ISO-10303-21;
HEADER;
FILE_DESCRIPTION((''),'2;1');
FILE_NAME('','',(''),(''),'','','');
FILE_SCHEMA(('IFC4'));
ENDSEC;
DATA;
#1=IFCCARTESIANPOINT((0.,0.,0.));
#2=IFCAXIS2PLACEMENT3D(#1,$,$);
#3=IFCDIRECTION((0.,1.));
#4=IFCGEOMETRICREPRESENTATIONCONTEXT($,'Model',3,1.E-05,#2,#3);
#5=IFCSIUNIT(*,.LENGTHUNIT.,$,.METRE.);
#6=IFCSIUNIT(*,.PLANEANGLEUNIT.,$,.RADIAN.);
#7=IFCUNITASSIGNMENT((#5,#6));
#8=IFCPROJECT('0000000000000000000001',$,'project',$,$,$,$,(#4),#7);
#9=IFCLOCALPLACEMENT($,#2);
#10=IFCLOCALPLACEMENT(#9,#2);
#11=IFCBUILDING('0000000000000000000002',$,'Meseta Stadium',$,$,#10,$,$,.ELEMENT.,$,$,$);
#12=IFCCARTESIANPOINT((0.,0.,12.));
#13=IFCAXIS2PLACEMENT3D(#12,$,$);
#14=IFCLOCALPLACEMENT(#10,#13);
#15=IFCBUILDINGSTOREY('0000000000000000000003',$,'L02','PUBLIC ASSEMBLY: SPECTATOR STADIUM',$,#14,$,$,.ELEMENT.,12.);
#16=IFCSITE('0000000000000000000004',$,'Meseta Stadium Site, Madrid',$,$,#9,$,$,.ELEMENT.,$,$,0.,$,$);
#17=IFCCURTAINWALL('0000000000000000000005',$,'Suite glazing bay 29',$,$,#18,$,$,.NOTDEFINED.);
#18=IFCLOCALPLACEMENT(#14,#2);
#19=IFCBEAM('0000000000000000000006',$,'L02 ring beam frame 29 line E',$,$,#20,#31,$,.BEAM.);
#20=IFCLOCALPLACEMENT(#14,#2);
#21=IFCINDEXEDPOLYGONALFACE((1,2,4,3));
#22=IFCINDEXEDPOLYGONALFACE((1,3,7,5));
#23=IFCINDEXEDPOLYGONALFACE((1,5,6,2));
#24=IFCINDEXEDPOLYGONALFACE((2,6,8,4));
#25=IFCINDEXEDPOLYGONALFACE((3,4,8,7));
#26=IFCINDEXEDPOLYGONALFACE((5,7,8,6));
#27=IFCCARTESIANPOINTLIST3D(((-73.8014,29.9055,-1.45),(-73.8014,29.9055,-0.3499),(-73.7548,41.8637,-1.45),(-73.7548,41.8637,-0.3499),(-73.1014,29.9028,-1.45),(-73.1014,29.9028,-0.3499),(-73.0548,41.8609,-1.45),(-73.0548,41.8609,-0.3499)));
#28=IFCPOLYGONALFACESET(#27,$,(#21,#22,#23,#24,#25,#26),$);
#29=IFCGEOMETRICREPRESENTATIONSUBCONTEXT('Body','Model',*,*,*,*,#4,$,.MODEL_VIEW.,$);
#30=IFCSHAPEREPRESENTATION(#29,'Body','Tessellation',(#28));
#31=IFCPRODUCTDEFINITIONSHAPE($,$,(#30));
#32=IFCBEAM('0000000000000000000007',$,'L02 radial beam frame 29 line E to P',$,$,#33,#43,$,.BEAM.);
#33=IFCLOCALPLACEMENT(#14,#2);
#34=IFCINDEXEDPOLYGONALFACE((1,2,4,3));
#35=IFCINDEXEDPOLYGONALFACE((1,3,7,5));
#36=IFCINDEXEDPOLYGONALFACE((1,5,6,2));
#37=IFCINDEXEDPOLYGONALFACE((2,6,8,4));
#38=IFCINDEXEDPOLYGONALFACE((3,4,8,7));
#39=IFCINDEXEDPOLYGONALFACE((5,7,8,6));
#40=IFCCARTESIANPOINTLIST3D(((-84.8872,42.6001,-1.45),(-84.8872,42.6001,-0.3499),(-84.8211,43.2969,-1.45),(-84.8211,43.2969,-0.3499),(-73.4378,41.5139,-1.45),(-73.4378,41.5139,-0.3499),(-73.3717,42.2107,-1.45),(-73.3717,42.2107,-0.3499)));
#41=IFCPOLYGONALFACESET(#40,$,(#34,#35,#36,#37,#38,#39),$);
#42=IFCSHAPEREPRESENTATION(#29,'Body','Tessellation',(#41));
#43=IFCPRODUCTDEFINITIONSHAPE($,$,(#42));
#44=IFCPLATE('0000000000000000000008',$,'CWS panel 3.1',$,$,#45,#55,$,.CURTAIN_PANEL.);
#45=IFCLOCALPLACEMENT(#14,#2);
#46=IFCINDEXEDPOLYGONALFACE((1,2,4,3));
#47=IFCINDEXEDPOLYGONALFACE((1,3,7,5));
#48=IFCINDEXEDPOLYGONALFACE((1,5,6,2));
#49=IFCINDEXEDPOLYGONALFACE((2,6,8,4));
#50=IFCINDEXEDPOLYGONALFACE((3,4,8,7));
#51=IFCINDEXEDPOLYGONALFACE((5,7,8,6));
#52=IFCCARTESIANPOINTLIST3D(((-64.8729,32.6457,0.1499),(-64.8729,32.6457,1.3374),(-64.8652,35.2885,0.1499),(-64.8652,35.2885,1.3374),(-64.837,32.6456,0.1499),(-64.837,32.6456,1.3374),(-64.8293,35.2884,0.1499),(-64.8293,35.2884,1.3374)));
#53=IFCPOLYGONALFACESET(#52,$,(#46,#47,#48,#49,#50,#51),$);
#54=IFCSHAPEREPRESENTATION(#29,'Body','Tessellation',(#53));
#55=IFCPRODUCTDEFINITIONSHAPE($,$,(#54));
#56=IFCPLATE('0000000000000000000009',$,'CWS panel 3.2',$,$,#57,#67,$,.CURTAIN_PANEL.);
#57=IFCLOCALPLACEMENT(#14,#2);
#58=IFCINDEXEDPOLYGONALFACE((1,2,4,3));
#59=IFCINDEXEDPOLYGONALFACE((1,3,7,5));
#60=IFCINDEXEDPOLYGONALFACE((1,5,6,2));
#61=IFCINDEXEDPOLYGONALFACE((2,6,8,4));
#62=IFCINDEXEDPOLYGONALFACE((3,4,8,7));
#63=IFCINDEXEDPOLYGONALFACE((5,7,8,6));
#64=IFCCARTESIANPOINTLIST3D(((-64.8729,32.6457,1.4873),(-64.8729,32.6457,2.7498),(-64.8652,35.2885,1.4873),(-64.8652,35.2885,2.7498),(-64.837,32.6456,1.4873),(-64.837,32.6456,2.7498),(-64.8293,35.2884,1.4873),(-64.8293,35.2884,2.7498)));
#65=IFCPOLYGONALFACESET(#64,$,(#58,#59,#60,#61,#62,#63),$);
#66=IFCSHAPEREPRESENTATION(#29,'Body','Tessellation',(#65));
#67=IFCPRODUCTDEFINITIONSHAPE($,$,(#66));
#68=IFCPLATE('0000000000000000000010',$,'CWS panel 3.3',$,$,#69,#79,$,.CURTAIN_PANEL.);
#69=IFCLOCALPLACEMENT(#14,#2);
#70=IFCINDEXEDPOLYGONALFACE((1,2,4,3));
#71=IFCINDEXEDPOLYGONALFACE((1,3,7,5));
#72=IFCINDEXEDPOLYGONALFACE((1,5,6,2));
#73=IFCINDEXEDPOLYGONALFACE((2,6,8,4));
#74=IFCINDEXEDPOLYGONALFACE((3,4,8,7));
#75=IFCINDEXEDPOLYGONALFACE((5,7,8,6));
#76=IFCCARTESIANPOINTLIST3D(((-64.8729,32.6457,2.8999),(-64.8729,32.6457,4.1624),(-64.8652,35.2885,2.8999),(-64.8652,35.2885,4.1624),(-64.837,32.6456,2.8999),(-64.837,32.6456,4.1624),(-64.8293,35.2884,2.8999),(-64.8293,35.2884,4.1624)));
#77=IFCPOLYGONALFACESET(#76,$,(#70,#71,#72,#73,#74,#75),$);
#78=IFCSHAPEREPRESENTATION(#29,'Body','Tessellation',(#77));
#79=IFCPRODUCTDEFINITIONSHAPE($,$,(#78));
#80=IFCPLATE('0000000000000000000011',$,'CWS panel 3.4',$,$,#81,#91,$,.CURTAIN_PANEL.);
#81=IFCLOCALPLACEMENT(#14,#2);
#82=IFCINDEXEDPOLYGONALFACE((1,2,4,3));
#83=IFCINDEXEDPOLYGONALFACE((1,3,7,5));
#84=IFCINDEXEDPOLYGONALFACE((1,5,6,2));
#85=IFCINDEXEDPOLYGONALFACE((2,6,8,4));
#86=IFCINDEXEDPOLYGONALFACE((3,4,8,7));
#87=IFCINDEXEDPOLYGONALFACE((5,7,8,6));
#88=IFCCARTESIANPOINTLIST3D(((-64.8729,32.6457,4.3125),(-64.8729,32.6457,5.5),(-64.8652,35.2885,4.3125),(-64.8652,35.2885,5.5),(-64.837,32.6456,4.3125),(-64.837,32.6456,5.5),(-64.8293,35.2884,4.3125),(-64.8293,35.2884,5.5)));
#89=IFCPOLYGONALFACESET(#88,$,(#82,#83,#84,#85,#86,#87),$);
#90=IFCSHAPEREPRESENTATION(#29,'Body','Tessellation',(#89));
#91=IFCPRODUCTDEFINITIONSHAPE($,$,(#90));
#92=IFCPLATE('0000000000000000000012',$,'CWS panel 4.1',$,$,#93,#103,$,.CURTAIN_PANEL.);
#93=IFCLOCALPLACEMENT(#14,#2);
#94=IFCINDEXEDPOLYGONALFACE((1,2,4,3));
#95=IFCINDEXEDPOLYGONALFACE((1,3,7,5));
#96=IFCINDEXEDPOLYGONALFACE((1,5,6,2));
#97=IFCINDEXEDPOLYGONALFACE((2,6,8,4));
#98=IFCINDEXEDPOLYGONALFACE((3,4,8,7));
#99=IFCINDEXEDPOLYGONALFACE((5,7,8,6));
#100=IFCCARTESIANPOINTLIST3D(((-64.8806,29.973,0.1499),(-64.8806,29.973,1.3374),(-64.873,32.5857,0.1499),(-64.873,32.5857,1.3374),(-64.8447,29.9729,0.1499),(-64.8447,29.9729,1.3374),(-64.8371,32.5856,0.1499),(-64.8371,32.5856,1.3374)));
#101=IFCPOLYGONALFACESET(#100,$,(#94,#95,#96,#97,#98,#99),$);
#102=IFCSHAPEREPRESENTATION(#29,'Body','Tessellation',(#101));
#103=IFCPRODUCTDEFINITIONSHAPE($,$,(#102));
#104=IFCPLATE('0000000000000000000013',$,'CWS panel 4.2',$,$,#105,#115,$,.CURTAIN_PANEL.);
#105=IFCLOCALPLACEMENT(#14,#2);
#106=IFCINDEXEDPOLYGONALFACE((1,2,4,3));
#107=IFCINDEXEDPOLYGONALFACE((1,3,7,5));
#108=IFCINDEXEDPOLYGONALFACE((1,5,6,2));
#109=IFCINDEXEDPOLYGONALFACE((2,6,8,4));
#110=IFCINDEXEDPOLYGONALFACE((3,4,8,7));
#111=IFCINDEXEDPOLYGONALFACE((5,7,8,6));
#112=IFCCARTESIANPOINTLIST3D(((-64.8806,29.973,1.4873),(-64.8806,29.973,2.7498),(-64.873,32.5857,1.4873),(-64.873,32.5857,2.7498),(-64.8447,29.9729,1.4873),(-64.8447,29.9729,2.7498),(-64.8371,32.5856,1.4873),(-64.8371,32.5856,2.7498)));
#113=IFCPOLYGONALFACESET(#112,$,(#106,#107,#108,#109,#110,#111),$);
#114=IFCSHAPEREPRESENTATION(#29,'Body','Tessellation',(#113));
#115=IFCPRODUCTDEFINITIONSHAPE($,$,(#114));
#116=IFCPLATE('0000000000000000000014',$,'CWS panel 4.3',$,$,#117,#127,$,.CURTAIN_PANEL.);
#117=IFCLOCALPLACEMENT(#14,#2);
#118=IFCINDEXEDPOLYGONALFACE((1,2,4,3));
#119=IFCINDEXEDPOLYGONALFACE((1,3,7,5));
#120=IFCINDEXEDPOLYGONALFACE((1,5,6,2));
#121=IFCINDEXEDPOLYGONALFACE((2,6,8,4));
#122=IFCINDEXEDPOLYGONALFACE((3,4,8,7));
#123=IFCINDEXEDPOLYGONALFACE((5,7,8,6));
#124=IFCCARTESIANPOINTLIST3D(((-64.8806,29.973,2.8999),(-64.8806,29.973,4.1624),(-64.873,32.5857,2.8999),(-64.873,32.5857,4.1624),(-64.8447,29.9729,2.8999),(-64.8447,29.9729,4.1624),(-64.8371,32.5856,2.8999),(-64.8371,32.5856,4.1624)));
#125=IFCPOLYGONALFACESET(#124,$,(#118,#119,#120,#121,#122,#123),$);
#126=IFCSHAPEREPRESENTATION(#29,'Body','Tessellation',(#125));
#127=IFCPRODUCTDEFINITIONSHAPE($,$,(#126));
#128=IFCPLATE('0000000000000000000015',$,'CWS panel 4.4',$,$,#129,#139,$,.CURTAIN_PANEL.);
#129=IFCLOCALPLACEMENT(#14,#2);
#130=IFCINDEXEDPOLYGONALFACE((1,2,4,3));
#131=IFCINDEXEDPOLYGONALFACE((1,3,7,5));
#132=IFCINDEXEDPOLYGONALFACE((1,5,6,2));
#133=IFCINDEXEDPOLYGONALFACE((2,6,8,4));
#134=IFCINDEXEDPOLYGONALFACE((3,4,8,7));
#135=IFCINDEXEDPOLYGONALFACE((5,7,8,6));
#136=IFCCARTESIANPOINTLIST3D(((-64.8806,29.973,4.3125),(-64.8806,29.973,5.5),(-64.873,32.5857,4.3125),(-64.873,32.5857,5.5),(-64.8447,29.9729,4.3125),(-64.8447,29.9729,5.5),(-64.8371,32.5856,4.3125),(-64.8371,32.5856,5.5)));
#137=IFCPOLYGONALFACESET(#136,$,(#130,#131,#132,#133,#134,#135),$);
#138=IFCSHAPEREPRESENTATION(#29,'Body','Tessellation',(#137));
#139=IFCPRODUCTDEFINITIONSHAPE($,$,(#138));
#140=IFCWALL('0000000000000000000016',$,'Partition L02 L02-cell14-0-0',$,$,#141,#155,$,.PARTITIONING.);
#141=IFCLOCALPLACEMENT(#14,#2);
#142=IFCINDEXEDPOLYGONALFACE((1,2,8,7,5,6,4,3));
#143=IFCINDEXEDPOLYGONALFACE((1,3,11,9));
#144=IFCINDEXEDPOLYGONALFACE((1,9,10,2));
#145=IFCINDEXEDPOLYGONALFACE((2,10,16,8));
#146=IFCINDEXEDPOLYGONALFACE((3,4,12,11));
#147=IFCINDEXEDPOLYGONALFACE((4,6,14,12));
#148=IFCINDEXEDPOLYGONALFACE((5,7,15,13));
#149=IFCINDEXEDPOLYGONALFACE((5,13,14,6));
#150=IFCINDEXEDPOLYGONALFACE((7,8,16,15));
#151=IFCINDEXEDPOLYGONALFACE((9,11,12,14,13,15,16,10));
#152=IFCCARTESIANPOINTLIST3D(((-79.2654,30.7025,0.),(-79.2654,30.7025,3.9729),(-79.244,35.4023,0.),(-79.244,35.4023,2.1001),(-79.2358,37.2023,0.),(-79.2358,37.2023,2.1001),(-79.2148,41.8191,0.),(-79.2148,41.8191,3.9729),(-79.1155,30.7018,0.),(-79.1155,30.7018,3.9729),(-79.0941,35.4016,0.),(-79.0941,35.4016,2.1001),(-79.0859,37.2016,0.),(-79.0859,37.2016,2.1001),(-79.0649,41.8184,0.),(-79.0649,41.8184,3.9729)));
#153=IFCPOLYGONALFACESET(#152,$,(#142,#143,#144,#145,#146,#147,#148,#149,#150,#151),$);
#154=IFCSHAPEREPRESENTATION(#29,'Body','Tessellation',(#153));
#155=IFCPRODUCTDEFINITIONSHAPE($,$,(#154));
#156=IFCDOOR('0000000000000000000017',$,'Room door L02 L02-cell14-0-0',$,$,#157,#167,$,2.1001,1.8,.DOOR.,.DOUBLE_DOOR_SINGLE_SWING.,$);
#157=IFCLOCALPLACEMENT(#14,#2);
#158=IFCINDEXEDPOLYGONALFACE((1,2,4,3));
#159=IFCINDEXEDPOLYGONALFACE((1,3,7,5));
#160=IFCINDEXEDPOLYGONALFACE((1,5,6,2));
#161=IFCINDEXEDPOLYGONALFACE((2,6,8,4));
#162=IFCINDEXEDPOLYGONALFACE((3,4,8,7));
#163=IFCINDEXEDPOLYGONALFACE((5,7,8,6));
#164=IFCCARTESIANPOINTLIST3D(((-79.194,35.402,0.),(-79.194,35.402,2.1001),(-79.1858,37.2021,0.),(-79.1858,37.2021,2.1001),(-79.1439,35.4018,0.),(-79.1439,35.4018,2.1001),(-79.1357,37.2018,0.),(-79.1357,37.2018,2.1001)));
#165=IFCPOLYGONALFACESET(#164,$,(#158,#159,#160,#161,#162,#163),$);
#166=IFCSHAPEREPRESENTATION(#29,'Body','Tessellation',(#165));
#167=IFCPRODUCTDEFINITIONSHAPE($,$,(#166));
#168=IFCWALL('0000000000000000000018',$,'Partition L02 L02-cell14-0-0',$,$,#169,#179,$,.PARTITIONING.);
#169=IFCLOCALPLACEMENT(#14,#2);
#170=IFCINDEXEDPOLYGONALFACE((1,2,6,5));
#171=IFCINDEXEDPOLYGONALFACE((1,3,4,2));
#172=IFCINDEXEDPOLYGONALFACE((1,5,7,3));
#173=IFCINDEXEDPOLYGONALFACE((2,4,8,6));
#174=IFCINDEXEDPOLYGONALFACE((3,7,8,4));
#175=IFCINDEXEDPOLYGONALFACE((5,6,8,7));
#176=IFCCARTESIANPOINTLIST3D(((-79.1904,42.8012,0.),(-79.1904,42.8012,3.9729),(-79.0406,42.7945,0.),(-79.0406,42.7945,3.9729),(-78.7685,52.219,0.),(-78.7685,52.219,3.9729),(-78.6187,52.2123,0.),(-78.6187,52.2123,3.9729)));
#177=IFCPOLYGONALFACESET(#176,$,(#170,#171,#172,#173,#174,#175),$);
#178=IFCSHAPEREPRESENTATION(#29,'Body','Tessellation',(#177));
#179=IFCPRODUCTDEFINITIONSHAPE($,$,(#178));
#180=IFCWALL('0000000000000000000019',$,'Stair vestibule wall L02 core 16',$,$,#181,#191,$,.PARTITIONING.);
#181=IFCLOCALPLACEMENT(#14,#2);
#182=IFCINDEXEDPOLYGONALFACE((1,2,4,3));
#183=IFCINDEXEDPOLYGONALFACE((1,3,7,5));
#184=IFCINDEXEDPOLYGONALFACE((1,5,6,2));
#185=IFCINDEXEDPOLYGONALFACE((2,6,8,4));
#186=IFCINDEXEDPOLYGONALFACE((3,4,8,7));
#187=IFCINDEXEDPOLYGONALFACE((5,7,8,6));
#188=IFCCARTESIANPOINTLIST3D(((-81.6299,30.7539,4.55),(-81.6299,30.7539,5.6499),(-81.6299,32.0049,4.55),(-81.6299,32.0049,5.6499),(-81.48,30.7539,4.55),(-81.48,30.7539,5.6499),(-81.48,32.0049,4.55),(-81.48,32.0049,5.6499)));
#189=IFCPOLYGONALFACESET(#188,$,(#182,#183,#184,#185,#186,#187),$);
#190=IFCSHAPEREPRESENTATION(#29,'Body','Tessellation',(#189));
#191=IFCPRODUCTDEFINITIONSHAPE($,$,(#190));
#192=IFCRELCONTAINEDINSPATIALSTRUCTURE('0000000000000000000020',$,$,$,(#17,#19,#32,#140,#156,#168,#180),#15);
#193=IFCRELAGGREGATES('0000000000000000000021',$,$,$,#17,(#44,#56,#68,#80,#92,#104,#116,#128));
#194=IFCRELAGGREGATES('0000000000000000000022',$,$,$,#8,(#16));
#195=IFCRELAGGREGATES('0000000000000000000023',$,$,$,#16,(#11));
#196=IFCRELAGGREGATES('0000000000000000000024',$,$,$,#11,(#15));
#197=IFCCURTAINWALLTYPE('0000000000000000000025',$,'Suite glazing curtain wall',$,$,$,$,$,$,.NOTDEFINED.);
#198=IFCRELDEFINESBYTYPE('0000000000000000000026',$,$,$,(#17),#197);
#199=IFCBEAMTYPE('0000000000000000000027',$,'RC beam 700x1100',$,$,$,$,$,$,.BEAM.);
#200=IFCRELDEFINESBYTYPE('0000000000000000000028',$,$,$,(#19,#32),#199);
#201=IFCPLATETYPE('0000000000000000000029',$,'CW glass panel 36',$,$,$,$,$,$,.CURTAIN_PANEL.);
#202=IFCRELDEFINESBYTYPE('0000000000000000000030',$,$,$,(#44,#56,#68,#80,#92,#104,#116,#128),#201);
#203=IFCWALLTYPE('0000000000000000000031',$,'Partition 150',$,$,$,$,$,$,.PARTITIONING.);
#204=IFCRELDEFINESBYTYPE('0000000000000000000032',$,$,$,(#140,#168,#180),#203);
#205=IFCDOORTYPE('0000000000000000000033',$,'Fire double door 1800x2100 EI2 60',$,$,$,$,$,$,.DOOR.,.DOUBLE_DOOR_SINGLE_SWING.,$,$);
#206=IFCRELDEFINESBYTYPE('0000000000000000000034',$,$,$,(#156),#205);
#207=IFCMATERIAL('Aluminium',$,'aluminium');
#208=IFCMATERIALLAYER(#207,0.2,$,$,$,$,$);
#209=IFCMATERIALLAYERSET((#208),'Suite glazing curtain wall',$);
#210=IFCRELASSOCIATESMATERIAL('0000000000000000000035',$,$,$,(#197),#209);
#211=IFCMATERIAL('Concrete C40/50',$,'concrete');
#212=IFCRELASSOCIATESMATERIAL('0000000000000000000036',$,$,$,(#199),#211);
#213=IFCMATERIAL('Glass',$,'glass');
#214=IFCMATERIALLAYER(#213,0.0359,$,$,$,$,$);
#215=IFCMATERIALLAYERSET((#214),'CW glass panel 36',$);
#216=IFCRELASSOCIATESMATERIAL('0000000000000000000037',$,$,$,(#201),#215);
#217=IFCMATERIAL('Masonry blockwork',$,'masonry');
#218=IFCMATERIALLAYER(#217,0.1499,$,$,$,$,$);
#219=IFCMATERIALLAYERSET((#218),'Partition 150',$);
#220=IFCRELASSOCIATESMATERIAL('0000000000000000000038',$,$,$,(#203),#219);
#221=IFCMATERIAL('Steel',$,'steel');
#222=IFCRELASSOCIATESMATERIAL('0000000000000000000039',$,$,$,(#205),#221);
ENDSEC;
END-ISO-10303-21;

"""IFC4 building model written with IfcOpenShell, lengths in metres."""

from ifc_helpers import new_model, si_unit, direction, frame, frame_2d, origin, origin_2d, place, context, subcontext, project, spatial, rectangle, extrude, material, layer, layer_set, material_profile, profile_set, type_object, element, fill, aggregate, save


model = new_model("IFC4")

# Units and contexts
model_context = context("Model", 3, precision=1e-05, world=origin(), true_north=direction((0.0, 1.0)))
body_context = subcontext(model_context, "Body", "Model", "MODEL_VIEW")
ifc_project = project(units=[si_unit("LENGTHUNIT", "METRE"), si_unit("PLANEANGLEUNIT", "RADIAN")], contexts=[model_context])

# Site, building, storey
site_placement = place(None, origin())
site = spatial("IfcSite", under=ifc_project, at=site_placement, Name="Meseta Stadium Site, Madrid", CompositionType="ELEMENT", RefElevation=0.0)
building_placement = place(site_placement, origin())
building = spatial("IfcBuilding", under=site, at=building_placement, Name="Meseta Stadium", CompositionType="ELEMENT")
storey_placement = place(building_placement, frame((0.0, 0.0, 12.0)))
storey = spatial("IfcBuildingStorey", under=building, at=storey_placement, Name="L02", Description="PUBLIC ASSEMBLY: SPECTATOR STADIUM", CompositionType="ELEMENT", Elevation=12.0)

# Curtain wall
ifc_material_1 = material(Name="Aluminium", Category="aluminium")
ifc_layer_1 = layer(ifc_material_1, 0.2)
ifc_layer_set_1 = layer_set([ifc_layer_1], Name="Suite glazing curtain wall")
curtain_wall_type = type_object("IfcCurtainWallType", Name="Suite glazing curtain wall", PredefinedType="NOTDEFINED", material=ifc_layer_set_1)
curtain_wall_placement = place(storey_placement, origin())
curtain_wall = element("IfcCurtainWall", 1, at=curtain_wall_placement, inside=storey, type_object=curtain_wall_type, Name="Suite glazing bay 29", PredefinedType="NOTDEFINED")

# Beams
ifc_material_2 = material(Name="Concrete C40/50", Category="concrete")
ifc_material_profile_1 = material_profile(ifc_material_2, rectangle(XDim=0.7, YDim=1.1001, at=origin_2d()), Name="RC 700x1100")
ifc_profile_set_1 = profile_set([ifc_material_profile_1], Name="Concrete C40/50")
beam_type = type_object("IfcBeamType", Name="RC beam 700x1100", PredefinedType="BEAM", material=ifc_profile_set_1)
beam_1_placement = place(storey_placement, frame((-73.4048, 41.8623, -0.8999), z_axis=(-0.003899, -0.999992, 0.0), x_axis=(0.999992, -0.003899, 0.0)))
element("IfcBeam", 2, at=beam_1_placement, inside=storey, type_object=beam_type, Name="L02 ring beam frame 29 line E", PredefinedType="BEAM", context=body_context, shape_type="SweptSolid", body=[
    extrude(rectangle(XDim=0.7, YDim=1.1001, at=origin_2d()), origin(), (0.0, 0.0, 1.0), 11.9583),
])
beam_2_placement = place(storey_placement, frame((-73.4048, 41.8623, -0.8999), z_axis=(-0.99553, 0.094445, 0.0), x_axis=(-0.094445, -0.99553, 0.0)))
element("IfcBeam", 3, at=beam_2_placement, inside=storey, type_object=beam_type, Name="L02 radial beam frame 29 line E to P", PredefinedType="BEAM", context=body_context, shape_type="SweptSolid", body=[
    extrude(rectangle(XDim=0.7, YDim=1.1001, at=origin_2d()), origin(), (0.0, 0.0, 1.0), 11.5007),
])

# Plates
ifc_material_3 = material(Name="Glass", Category="glass")
ifc_layer_2 = layer(ifc_material_3, 0.0359)
ifc_layer_set_2 = layer_set([ifc_layer_2], Name="CW glass panel 36")
plate_type = type_object("IfcPlateType", Name="CW glass panel 36", PredefinedType="CURTAIN_PANEL", material=ifc_layer_set_2)
plate_1_placement = place(storey_placement, frame((-64.8511, 33.967, 0.1499), z_axis=(0.0, 0.0, 1.0), x_axis=(-0.00291, -0.999996, 0.0)))
plate_1 = element("IfcPlate", 4, at=plate_1_placement, type_object=plate_type, Name="CWS panel 3.1", PredefinedType="CURTAIN_PANEL", context=body_context, shape_type="SweptSolid", body=[
    extrude(rectangle(XDim=2.6428, YDim=0.0359, at=origin_2d()), origin(), (0.0, 0.0, 1.0), 1.1875),
])
plate_2_placement = place(storey_placement, frame((-64.8511, 33.967, 1.4873), z_axis=(0.0, 0.0, 1.0), x_axis=(-0.00291, -0.999996, 0.0)))
plate_2 = element("IfcPlate", 5, at=plate_2_placement, type_object=plate_type, Name="CWS panel 3.2", PredefinedType="CURTAIN_PANEL", context=body_context, shape_type="SweptSolid", body=[
    extrude(rectangle(XDim=2.6428, YDim=0.0359, at=origin_2d()), origin(), (0.0, 0.0, 1.0), 1.2625),
])
plate_3_placement = place(storey_placement, frame((-64.8511, 33.967, 2.8999), z_axis=(0.0, 0.0, 1.0), x_axis=(-0.00291, -0.999996, 0.0)))
plate_3 = element("IfcPlate", 6, at=plate_3_placement, type_object=plate_type, Name="CWS panel 3.3", PredefinedType="CURTAIN_PANEL", context=body_context, shape_type="SweptSolid", body=[
    extrude(rectangle(XDim=2.6428, YDim=0.0359, at=origin_2d()), origin(), (0.0, 0.0, 1.0), 1.2625),
])
plate_4_placement = place(storey_placement, frame((-64.8511, 33.967, 4.3125), z_axis=(0.0, 0.0, 1.0), x_axis=(-0.00291, -0.999996, 0.0)))
plate_4 = element("IfcPlate", 7, at=plate_4_placement, type_object=plate_type, Name="CWS panel 3.4", PredefinedType="CURTAIN_PANEL", context=body_context, shape_type="SweptSolid", body=[
    extrude(rectangle(XDim=2.6428, YDim=0.0359, at=origin_2d()), origin(), (0.0, 0.0, 1.0), 1.1875),
])
plate_5_placement = place(storey_placement, frame((-64.8589, 31.2793, 0.1499), z_axis=(0.0, 0.0, 1.0), x_axis=(-0.00291, -0.999996, 0.0)))
plate_5 = element("IfcPlate", 8, at=plate_5_placement, type_object=plate_type, Name="CWS panel 4.1", PredefinedType="CURTAIN_PANEL", context=body_context, shape_type="SweptSolid", body=[
    extrude(rectangle(XDim=2.6128, YDim=0.0359, at=origin_2d()), origin(), (0.0, 0.0, 1.0), 1.1875),
])
plate_6_placement = place(storey_placement, frame((-64.8589, 31.2793, 1.4873), z_axis=(0.0, 0.0, 1.0), x_axis=(-0.00291, -0.999996, 0.0)))
plate_6 = element("IfcPlate", 9, at=plate_6_placement, type_object=plate_type, Name="CWS panel 4.2", PredefinedType="CURTAIN_PANEL", context=body_context, shape_type="SweptSolid", body=[
    extrude(rectangle(XDim=2.6128, YDim=0.0359, at=origin_2d()), origin(), (0.0, 0.0, 1.0), 1.2625),
])
plate_7_placement = place(storey_placement, frame((-64.8589, 31.2793, 2.8999), z_axis=(0.0, 0.0, 1.0), x_axis=(-0.00291, -0.999996, 0.0)))
plate_7 = element("IfcPlate", 10, at=plate_7_placement, type_object=plate_type, Name="CWS panel 4.3", PredefinedType="CURTAIN_PANEL", context=body_context, shape_type="SweptSolid", body=[
    extrude(rectangle(XDim=2.6128, YDim=0.0359, at=origin_2d()), origin(), (0.0, 0.0, 1.0), 1.2625),
])
plate_8_placement = place(storey_placement, frame((-64.8589, 31.2793, 4.3125), z_axis=(0.0, 0.0, 1.0), x_axis=(-0.00291, -0.999996, 0.0)))
plate_8 = element("IfcPlate", 11, at=plate_8_placement, type_object=plate_type, Name="CWS panel 4.4", PredefinedType="CURTAIN_PANEL", context=body_context, shape_type="SweptSolid", body=[
    extrude(rectangle(XDim=2.6128, YDim=0.0359, at=origin_2d()), origin(), (0.0, 0.0, 1.0), 1.1875),
])
aggregate(curtain_wall, [plate_1, plate_2, plate_3, plate_4, plate_5, plate_6, plate_7, plate_8])

# Wall, opening, door
ifc_material_4 = material(Name="Masonry blockwork", Category="masonry")
ifc_layer_3 = layer(ifc_material_4, 0.1499)
ifc_layer_set_3 = layer_set([ifc_layer_3], Name="Partition 150")
wall_type = type_object("IfcWallType", Name="Partition 150", PredefinedType="PARTITIONING", material=ifc_layer_set_3)
wall_1_placement = place(storey_placement, frame((-79.1904, 30.7021, 0.0), z_axis=(0.0, 0.0, 1.0), x_axis=(0.004546, 0.99999, 0.0)))
wall_1 = element("IfcWall", 12, at=wall_1_placement, inside=storey, type_object=wall_type, Name="Partition L02 L02-cell14-0-0", PredefinedType="PARTITIONING", context=body_context, shape_type="SweptSolid", body=[
    extrude(rectangle(XDim=11.1167, YDim=0.1499, at=frame_2d((5.5583, 0.0))), origin(), (0.0, 0.0, 1.0), 3.9729),
])
opening_1_placement = place(wall_1_placement, frame((4.7, 0.0, 0.0)))
opening_1 = element("IfcOpeningElement", 13, at=opening_1_placement, cuts=wall_1, PredefinedType="OPENING", context=body_context, shape_type="SweptSolid", body=[
    extrude(rectangle(XDim=1.8, YDim=2.1001, at=frame_2d((0.8999, 1.05))), frame((0.0, 0.085, 0.0), z_axis=(0.0, -1.0, 0.0), x_axis=(1.0, 0.0, 0.0)), (0.0, 0.0, 1.0), 0.1699),
])
ifc_material_5 = material(Name="Steel", Category="steel")
door_type = type_object("IfcDoorType", Name="Fire double door 1800x2100 EI2 60", OperationType="DOUBLE_DOOR_SINGLE_SWING", PredefinedType="DOOR", material=ifc_material_5)
door_1_placement = place(opening_1_placement, origin())
door_1 = element("IfcDoor", 14, at=door_1_placement, inside=storey, type_object=door_type, Name="Room door L02 L02-cell14-0-0", OperationType="DOUBLE_DOOR_SINGLE_SWING", OverallHeight=2.1001, OverallWidth=1.8, PredefinedType="DOOR", context=body_context, shape_type="SweptSolid", body=[
    extrude(rectangle(XDim=1.8, YDim=2.1001, at=frame_2d((0.8999, 1.05))), frame((0.0, 0.0249, 0.0), z_axis=(0.0, -1.0, 0.0), x_axis=(1.0, 0.0, 0.0)), (0.0, 0.0, 1.0), 0.05),
])
fill(opening_1, door_1)

# Walls
wall_2_placement = place(storey_placement, frame((-79.1155, 42.7979, 0.0), z_axis=(0.0, 0.0, 1.0), x_axis=(0.044751, 0.998998, 0.0)))
element("IfcWall", 15, at=wall_2_placement, inside=storey, type_object=wall_type, Name="Partition L02 L02-cell14-0-0", PredefinedType="PARTITIONING", context=body_context, shape_type="SweptSolid", body=[
    extrude(rectangle(XDim=9.4272, YDim=0.1499, at=frame_2d((4.7136, 0.0))), origin(), (0.0, 0.0, 1.0), 3.9729),
])
wall_3_placement = place(storey_placement, frame((-81.5549, 30.7539, 4.55), z_axis=(0.0, 0.0, 1.0), x_axis=(0.0, 1.0, 0.0)))
element("IfcWall", 16, at=wall_3_placement, inside=storey, type_object=wall_type, Name="Stair vestibule wall L02 core 16", PredefinedType="PARTITIONING", context=body_context, shape_type="SweptSolid", body=[
    extrude(rectangle(XDim=1.251, YDim=0.1499, at=frame_2d((0.6255, 0.0))), origin(), (0.0, 0.0, 1.0), 1.0999),
])

save(model, "model.ifc")
